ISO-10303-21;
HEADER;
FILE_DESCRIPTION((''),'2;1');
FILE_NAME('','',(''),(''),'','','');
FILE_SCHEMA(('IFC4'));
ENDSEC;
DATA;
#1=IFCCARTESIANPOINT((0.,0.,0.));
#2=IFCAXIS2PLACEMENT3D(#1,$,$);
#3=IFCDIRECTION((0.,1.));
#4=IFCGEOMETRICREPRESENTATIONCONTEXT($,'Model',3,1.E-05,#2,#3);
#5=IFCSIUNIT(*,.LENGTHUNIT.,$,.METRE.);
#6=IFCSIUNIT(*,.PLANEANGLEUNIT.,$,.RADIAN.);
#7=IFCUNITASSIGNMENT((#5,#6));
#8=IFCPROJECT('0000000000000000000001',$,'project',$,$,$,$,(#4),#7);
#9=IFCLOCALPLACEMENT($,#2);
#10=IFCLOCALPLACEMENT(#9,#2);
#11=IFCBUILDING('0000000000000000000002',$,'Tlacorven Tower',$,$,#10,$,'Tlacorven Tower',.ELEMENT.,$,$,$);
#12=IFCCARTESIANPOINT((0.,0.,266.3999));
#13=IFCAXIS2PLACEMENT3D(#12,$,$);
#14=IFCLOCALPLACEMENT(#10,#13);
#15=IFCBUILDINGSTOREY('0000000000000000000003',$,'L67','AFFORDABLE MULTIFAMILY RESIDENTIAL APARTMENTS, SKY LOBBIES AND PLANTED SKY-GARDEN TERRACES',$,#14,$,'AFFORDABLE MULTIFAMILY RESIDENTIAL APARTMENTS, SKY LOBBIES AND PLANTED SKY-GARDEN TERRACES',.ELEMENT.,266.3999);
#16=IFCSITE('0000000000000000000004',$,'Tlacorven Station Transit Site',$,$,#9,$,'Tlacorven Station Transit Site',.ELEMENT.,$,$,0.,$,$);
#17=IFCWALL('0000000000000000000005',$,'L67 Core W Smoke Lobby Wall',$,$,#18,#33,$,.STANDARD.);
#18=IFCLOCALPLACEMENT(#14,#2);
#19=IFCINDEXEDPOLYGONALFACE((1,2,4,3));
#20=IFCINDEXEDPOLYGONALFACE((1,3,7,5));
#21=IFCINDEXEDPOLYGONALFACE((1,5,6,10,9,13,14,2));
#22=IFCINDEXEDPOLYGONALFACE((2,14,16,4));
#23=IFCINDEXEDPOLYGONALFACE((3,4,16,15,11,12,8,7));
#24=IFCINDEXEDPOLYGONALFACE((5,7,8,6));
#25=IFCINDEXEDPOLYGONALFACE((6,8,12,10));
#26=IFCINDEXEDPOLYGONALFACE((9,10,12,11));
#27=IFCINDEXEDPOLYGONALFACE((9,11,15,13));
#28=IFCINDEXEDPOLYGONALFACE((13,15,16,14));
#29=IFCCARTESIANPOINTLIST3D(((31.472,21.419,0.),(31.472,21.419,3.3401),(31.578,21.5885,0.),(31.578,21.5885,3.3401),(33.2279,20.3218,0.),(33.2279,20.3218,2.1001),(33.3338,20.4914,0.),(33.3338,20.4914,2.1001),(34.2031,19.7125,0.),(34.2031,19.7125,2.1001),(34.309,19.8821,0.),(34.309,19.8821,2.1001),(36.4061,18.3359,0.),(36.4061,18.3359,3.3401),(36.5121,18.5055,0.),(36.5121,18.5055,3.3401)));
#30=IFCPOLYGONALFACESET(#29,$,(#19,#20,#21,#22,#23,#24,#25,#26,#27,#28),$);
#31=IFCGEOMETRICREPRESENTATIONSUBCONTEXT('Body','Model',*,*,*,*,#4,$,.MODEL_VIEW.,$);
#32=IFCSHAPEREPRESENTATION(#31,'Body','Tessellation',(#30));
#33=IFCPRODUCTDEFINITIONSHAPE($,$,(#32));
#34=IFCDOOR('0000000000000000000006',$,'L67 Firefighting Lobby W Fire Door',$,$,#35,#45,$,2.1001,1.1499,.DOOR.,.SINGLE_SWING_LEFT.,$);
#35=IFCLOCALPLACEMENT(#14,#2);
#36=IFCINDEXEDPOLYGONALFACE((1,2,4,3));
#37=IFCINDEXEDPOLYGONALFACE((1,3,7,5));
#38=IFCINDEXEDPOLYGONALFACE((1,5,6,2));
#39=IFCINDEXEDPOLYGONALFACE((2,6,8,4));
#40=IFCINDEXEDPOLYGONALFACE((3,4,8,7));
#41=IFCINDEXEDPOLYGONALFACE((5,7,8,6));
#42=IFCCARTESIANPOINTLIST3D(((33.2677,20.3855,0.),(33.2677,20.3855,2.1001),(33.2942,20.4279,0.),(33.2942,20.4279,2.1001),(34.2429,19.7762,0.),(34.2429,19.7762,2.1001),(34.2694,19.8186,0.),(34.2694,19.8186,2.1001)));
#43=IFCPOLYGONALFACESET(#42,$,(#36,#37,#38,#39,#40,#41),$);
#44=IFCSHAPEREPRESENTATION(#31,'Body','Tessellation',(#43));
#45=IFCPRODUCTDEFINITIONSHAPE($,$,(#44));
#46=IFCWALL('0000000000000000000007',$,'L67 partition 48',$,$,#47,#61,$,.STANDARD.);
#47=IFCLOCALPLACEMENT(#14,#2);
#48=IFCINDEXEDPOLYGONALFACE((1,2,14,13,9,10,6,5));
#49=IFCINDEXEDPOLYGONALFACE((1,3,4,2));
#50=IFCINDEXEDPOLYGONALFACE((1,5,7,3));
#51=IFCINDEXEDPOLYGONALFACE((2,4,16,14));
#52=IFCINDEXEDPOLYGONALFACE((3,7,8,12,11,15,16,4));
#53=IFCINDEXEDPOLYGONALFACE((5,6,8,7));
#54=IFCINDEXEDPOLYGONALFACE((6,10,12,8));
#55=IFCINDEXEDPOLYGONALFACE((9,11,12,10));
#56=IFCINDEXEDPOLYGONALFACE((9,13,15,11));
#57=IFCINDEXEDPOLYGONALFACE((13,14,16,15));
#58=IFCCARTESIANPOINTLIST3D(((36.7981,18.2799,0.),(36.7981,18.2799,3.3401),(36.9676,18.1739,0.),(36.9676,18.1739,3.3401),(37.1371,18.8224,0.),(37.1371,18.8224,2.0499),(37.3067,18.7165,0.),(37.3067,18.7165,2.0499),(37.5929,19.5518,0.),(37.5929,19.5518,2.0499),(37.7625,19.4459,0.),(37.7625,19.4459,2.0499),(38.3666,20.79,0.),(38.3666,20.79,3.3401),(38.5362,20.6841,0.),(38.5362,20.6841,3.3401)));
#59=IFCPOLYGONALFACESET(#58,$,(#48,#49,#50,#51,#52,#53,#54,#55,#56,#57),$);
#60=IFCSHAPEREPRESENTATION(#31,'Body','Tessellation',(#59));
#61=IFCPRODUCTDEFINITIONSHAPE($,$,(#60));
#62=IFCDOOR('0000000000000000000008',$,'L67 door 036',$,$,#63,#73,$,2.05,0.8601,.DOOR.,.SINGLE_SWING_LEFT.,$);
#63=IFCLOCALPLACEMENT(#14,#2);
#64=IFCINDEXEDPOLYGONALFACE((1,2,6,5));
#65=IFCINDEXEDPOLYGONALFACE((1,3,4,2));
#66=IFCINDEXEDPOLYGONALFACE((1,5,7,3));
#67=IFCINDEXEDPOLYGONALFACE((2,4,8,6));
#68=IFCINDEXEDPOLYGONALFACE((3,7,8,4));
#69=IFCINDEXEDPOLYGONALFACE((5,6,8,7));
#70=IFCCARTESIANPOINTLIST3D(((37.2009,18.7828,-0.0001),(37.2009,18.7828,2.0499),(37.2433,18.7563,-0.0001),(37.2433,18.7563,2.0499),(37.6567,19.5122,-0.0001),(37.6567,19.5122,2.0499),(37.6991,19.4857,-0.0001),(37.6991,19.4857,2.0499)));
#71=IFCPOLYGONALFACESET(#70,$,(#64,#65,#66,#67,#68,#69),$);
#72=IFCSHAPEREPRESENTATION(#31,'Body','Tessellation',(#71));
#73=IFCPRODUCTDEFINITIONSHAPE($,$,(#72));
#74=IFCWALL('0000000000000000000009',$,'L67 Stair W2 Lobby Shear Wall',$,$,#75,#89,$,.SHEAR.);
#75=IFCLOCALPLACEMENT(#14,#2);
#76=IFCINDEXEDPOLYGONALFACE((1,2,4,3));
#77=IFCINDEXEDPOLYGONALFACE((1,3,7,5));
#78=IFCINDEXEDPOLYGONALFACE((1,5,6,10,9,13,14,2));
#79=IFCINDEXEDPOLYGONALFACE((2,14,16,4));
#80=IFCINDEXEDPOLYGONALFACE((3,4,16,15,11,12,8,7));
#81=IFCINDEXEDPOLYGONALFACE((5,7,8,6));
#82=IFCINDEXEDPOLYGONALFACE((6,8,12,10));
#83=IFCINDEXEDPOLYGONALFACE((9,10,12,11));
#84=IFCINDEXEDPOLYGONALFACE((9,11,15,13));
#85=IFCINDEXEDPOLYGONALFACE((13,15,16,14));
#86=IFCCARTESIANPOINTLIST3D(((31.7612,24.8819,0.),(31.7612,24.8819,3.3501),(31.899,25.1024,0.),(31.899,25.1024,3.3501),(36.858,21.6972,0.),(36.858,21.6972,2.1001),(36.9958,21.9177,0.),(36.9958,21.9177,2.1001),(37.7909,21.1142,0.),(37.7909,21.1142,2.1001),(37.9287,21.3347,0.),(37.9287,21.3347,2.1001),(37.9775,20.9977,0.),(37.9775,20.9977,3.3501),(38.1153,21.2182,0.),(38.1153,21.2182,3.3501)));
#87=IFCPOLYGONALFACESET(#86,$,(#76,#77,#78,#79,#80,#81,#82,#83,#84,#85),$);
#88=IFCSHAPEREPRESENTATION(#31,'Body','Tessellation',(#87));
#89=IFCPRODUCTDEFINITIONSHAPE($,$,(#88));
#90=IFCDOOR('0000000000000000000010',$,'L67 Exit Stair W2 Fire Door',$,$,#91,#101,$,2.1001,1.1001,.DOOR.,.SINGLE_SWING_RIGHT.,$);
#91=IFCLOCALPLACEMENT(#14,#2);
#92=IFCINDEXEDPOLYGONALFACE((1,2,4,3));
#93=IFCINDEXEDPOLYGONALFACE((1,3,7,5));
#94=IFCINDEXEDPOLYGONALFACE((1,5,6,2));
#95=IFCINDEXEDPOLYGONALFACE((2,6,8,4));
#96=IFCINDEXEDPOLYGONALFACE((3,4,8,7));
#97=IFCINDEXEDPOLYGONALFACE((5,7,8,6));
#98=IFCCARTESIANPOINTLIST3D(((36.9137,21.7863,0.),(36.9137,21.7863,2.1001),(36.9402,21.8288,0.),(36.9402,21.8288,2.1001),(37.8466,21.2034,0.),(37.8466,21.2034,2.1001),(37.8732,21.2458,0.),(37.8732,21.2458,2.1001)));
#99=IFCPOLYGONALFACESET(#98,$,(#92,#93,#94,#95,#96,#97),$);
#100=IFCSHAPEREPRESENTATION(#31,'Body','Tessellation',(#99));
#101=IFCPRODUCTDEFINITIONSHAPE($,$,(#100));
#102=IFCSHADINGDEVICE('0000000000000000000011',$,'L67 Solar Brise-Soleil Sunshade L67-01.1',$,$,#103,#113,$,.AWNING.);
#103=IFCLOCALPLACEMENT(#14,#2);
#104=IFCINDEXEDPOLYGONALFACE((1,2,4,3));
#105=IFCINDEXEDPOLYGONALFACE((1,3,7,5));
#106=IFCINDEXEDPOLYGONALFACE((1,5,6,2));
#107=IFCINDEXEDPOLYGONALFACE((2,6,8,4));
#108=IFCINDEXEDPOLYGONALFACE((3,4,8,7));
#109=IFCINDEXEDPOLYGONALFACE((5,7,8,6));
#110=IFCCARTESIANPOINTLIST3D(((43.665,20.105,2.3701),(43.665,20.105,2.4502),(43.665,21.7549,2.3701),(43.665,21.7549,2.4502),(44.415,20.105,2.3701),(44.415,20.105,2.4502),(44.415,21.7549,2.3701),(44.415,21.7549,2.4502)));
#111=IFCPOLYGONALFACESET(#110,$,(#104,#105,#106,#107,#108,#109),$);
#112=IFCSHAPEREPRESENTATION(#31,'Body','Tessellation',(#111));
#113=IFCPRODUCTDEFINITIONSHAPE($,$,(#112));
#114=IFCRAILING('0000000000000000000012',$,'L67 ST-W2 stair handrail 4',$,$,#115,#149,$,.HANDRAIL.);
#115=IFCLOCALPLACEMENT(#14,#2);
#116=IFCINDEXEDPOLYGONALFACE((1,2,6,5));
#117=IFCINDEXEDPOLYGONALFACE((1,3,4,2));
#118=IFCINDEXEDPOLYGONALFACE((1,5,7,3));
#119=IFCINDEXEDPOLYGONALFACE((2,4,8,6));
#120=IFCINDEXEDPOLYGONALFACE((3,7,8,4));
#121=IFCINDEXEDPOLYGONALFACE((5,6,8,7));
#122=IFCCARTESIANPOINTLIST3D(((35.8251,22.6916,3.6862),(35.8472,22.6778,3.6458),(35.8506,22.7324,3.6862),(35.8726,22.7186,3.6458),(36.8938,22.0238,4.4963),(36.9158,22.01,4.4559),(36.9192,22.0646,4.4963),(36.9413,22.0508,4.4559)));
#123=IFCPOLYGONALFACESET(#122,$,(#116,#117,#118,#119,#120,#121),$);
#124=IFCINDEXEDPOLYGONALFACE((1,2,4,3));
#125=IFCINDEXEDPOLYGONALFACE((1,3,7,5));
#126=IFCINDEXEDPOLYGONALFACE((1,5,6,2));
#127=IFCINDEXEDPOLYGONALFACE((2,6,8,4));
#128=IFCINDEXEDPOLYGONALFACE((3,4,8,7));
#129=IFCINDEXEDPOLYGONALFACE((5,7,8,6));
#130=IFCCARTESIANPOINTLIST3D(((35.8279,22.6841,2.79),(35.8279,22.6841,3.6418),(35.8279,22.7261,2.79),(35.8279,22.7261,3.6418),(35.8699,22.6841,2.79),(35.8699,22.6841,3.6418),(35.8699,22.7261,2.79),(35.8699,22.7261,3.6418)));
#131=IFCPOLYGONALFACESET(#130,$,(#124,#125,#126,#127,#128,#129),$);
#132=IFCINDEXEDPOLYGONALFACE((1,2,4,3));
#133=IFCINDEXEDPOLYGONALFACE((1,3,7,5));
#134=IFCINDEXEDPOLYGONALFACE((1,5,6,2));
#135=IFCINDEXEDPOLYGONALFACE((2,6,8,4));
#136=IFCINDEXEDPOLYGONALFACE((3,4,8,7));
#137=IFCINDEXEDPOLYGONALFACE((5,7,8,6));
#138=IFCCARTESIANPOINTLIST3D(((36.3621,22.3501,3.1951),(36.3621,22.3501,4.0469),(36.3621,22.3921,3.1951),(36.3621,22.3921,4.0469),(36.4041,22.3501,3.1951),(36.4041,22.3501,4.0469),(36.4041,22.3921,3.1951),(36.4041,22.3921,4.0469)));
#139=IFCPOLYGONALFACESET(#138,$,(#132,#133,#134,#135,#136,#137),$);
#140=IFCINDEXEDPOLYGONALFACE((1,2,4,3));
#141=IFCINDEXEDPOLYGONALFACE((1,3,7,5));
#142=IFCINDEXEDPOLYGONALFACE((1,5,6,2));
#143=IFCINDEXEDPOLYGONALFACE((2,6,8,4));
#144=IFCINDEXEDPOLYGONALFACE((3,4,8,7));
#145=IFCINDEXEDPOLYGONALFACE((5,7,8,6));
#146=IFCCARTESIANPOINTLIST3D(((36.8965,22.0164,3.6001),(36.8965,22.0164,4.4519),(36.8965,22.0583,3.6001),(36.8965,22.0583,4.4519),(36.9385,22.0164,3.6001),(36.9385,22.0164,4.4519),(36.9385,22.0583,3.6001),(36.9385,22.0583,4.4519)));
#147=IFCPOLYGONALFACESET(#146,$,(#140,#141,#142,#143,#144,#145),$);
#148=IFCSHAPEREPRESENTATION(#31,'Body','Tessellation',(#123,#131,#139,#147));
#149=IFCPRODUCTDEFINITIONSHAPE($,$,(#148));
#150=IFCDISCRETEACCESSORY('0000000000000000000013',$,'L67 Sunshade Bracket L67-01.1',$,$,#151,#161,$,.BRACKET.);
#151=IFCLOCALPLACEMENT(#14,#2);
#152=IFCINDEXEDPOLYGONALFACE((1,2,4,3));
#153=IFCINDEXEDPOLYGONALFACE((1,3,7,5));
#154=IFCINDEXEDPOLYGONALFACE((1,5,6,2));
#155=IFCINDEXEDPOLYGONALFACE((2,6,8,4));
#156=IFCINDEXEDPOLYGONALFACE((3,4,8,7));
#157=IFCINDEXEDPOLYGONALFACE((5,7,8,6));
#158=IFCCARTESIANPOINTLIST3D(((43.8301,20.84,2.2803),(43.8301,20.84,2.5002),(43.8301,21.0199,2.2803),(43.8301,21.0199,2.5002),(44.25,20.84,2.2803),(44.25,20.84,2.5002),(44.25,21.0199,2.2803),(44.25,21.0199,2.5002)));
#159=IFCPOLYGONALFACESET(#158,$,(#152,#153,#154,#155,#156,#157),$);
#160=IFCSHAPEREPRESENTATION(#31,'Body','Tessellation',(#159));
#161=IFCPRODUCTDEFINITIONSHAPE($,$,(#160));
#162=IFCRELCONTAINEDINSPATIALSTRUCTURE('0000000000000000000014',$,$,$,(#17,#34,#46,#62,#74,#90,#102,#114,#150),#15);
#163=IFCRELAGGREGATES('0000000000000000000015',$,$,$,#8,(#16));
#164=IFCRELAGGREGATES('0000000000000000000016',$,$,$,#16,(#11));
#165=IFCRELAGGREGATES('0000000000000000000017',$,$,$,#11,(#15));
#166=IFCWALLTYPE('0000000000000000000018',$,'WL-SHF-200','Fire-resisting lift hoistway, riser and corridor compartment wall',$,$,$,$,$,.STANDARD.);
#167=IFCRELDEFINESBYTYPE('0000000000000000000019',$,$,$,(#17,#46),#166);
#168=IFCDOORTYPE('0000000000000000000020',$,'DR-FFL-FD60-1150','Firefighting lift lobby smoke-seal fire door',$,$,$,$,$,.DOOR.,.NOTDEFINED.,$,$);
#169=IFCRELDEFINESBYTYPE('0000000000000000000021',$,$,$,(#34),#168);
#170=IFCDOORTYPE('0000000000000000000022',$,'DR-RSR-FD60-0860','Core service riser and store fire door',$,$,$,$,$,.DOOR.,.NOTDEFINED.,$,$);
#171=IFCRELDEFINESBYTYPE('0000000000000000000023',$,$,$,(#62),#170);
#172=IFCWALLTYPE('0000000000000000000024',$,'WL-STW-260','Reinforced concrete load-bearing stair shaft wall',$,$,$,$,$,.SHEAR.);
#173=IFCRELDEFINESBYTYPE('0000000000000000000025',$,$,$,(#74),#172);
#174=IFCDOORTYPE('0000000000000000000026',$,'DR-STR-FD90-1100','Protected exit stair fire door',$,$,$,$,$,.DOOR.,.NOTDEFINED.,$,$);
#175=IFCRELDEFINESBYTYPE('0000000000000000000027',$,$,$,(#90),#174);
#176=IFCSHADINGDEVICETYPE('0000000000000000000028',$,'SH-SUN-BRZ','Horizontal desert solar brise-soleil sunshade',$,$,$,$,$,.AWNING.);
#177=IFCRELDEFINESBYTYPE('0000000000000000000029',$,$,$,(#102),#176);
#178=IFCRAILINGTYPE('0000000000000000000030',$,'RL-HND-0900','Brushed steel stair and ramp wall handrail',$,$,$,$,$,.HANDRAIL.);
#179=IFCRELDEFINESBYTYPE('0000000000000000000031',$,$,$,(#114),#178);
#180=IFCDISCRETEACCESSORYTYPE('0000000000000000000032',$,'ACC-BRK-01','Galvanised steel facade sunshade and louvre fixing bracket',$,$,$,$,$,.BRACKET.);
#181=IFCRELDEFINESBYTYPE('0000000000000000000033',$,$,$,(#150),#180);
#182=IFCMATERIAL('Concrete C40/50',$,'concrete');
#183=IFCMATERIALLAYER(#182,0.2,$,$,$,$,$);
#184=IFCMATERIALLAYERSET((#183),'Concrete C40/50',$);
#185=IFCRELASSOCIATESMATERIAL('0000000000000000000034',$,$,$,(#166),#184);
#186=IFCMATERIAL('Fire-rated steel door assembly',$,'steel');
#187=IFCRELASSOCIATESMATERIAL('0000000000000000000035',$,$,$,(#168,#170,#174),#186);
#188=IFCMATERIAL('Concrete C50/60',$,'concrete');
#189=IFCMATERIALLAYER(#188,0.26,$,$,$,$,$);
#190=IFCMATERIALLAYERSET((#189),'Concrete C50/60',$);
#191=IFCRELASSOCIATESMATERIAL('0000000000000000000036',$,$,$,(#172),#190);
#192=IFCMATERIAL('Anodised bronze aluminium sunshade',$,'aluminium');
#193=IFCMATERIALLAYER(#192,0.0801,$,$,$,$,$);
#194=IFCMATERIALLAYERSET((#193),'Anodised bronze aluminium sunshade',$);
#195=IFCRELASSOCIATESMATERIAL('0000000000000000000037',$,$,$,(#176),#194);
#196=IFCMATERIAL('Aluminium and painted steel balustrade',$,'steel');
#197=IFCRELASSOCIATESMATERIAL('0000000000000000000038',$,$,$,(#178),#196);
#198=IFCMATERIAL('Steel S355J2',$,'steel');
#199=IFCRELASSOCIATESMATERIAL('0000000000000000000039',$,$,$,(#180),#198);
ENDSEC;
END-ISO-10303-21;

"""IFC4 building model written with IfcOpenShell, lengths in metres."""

from ifc_helpers import new_model, si_unit, direction, frame, frame_2d, origin, origin_2d, place, context, subcontext, project, spatial, rectangle, extrude, source, transform, mapped, material, layer, layer_set, type_object, element, fill, save


model = new_model("IFC4")

# Units and contexts
model_context = context("Model", 3, precision=1e-05, world=origin(), true_north=direction((0.0, 1.0)))
body_context = subcontext(model_context, "Body", "Model", "MODEL_VIEW")
ifc_project = project(units=[si_unit("LENGTHUNIT", "METRE"), si_unit("PLANEANGLEUNIT", "RADIAN")], contexts=[model_context])

# Site, building, storey
site_placement = place(None, origin())
site = spatial("IfcSite", under=ifc_project, at=site_placement, Name="Tlacorven Station Transit Site", LongName="Tlacorven Station Transit Site", CompositionType="ELEMENT", RefElevation=0.0)
building_placement = place(site_placement, origin())
building = spatial("IfcBuilding", under=site, at=building_placement, Name="Tlacorven Tower", LongName="Tlacorven Tower", CompositionType="ELEMENT")
storey_placement = place(building_placement, frame((0.0, 0.0, 266.3999)))
storey = spatial("IfcBuildingStorey", under=building, at=storey_placement, Name="L67", Description="AFFORDABLE MULTIFAMILY RESIDENTIAL APARTMENTS, SKY LOBBIES AND PLANTED SKY-GARDEN TERRACES", LongName="AFFORDABLE MULTIFAMILY RESIDENTIAL APARTMENTS, SKY LOBBIES AND PLANTED SKY-GARDEN TERRACES", CompositionType="ELEMENT", Elevation=266.3999)

# Shared definitions
ifc_material_1 = material(Name="Concrete C50/60", Category="concrete")

# Shared definitions
ifc_material_2 = material(Name="Fire-rated steel door assembly", Category="steel")

# Walls, openings, doors
ifc_material_3 = material(Name="Concrete C40/50", Category="concrete")
ifc_layer_1 = layer(ifc_material_3, 0.2)
ifc_layer_set_1 = layer_set([ifc_layer_1], Name="Concrete C40/50")
wall_type_1 = type_object("IfcWallType", Name="WL-SHF-200", Description="Fire-resisting lift hoistway, riser and corridor compartment wall", PredefinedType="STANDARD", material=ifc_layer_set_1)
wall_1_placement = place(storey_placement, frame((36.4592, 18.4207, 0.0), z_axis=(0.0, 0.0, 1.0), x_axis=(-0.84806, 0.529901, 0.0)))
wall_1 = element("IfcWall", 1, at=wall_1_placement, inside=storey, type_object=wall_type_1, Name="L67 Core W Smoke Lobby Wall", PredefinedType="STANDARD", context=body_context, shape_type="SweptSolid", body=[
    extrude(rectangle(XDim=5.8181, YDim=0.2, at=frame_2d((2.9092, 0.0))), origin(), (0.0, 0.0, 1.0), 3.3401),
])
opening_1_placement = place(wall_1_placement, frame((2.5979, 0.0, 0.0)))
opening_1 = element("IfcOpeningElement", 2, at=opening_1_placement, cuts=wall_1, PredefinedType="OPENING", context=body_context, shape_type="SweptSolid", body=[
    extrude(rectangle(XDim=1.1499, YDim=2.1001, at=frame_2d((0.575, 1.05))), frame((0.0, 0.1099, 0.0), z_axis=(0.0, -1.0, 0.0), x_axis=(1.0, 0.0, 0.0)), (0.0, 0.0, 1.0), 0.22),
])
door_type_1 = type_object("IfcDoorType", Name="DR-FFL-FD60-1150", Description="Firefighting lift lobby smoke-seal fire door", OperationType="NOTDEFINED", PredefinedType="DOOR", material=ifc_material_2)
shared_shape_1 = source(origin(), body_context, "Body", "SweptSolid", [
    extrude(rectangle(XDim=1.1499, YDim=2.1001, at=frame_2d((0.575, 1.05))), frame((0.0, 0.0249, 0.0), z_axis=(0.0, -1.0, 0.0), x_axis=(1.0, 0.0, 0.0)), (0.0, 0.0, 1.0), 0.05),
])
door_1_placement = place(opening_1_placement, origin())
door_1 = element("IfcDoor", 3, at=door_1_placement, inside=storey, type_object=door_type_1, Name="L67 Firefighting Lobby W Fire Door", OperationType="SINGLE_SWING_LEFT", OverallHeight=2.1001, OverallWidth=1.1499, PredefinedType="DOOR", context=body_context, shape_type="MappedRepresentation", body=[
    mapped(shared_shape_1, transform((0.0, 0.0, 0.0), scale=1.0)),
])
fill(opening_1, door_1)
wall_2_placement = place(storey_placement, frame((38.4514, 20.7371, 0.0), z_axis=(0.0, 0.0, 1.0), x_axis=(-0.529925, -0.848045, 0.0)))
wall_2 = element("IfcWall", 4, at=wall_2_placement, inside=storey, type_object=wall_type_1, Name="L67 partition 48", PredefinedType="STANDARD", context=body_context, shape_type="SweptSolid", body=[
    extrude(rectangle(XDim=2.96, YDim=0.2, at=frame_2d((1.48, 0.0))), origin(), (0.0, 0.0, 1.0), 3.3401),
])
opening_2_placement = place(wall_2_placement, frame((1.46, 0.0, 0.0)))
opening_2 = element("IfcOpeningElement", 5, at=opening_2_placement, cuts=wall_2, PredefinedType="OPENING", context=body_context, shape_type="SweptSolid", body=[
    extrude(rectangle(XDim=0.8601, YDim=2.05, at=frame_2d((0.4302, 1.0249))), frame((0.0, 0.1099, 0.0), z_axis=(0.0, -1.0, 0.0), x_axis=(1.0, 0.0, 0.0)), (0.0, 0.0, 1.0), 0.22),
])
door_type_2 = type_object("IfcDoorType", Name="DR-RSR-FD60-0860", Description="Core service riser and store fire door", OperationType="NOTDEFINED", PredefinedType="DOOR", material=ifc_material_2)
shared_shape_2 = source(origin(), body_context, "Body", "SweptSolid", [
    extrude(rectangle(XDim=0.8601, YDim=2.05, at=frame_2d((0.4302, 1.0249))), frame((0.0, 0.0249, 0.0), z_axis=(0.0, -1.0, 0.0), x_axis=(1.0, 0.0, 0.0)), (0.0, 0.0, 1.0), 0.05),
])
door_2_placement = place(opening_2_placement, frame((0.8601, 0.0, 0.0), z_axis=(0.0, 0.0, 1.0), x_axis=(-1.0, 0.0, 0.0)))
door_2 = element("IfcDoor", 6, at=door_2_placement, inside=storey, type_object=door_type_2, Name="L67 door 036", OperationType="SINGLE_SWING_LEFT", OverallHeight=2.05, OverallWidth=0.8601, PredefinedType="DOOR", context=body_context, shape_type="MappedRepresentation", body=[
    mapped(shared_shape_2, transform((0.0, 0.0, 0.0), scale=1.0)),
])
fill(opening_2, door_2)
ifc_layer_2 = layer(ifc_material_1, 0.26)
ifc_layer_set_2 = layer_set([ifc_layer_2], Name="Concrete C50/60")
wall_type_2 = type_object("IfcWallType", Name="WL-STW-260", Description="Reinforced concrete load-bearing stair shaft wall", PredefinedType="SHEAR", material=ifc_layer_set_2)
wall_3_placement = place(storey_placement, frame((38.0464, 21.1079, 0.0), z_axis=(0.0, 0.0, 1.0), x_axis=(-0.848054, 0.529909, 0.0)))
wall_3 = element("IfcWall", 7, at=wall_3_placement, inside=storey, type_object=wall_type_2, Name="L67 Stair W2 Lobby Shear Wall", PredefinedType="SHEAR", context=body_context, shape_type="SweptSolid", body=[
    extrude(rectangle(XDim=7.3301, YDim=0.26, at=frame_2d((3.665, 0.0))), origin(), (0.0, 0.0, 1.0), 3.3501),
])
opening_3_placement = place(wall_3_placement, frame((0.22, 0.0, 0.0)))
opening_3 = element("IfcOpeningElement", 8, at=opening_3_placement, cuts=wall_3, PredefinedType="OPENING", context=body_context, shape_type="SweptSolid", body=[
    extrude(rectangle(XDim=1.1001, YDim=2.1001, at=frame_2d((0.55, 1.05))), frame((0.0, 0.1401, 0.0), z_axis=(0.0, -1.0, 0.0), x_axis=(1.0, 0.0, 0.0)), (0.0, 0.0, 1.0), 0.28),
])
door_type_3 = type_object("IfcDoorType", Name="DR-STR-FD90-1100", Description="Protected exit stair fire door", OperationType="NOTDEFINED", PredefinedType="DOOR", material=ifc_material_2)
shared_shape_3 = source(origin(), body_context, "Body", "SweptSolid", [
    extrude(rectangle(XDim=1.1001, YDim=2.1001, at=frame_2d((0.55, 1.05))), frame((0.0, 0.0249, 0.0), z_axis=(0.0, -1.0, 0.0), x_axis=(1.0, 0.0, 0.0)), (0.0, 0.0, 1.0), 0.05),
])
door_3_placement = place(opening_3_placement, origin())
door_3 = element("IfcDoor", 9, at=door_3_placement, inside=storey, type_object=door_type_3, Name="L67 Exit Stair W2 Fire Door", OperationType="SINGLE_SWING_RIGHT", OverallHeight=2.1001, OverallWidth=1.1001, PredefinedType="DOOR", context=body_context, shape_type="MappedRepresentation", body=[
    mapped(shared_shape_3, transform((0.0, 0.0, 0.0), scale=1.0)),
])
fill(opening_3, door_3)

# Shading device
ifc_material_4 = material(Name="Anodised bronze aluminium sunshade", Category="aluminium")
ifc_layer_3 = layer(ifc_material_4, 0.0801)
ifc_layer_set_3 = layer_set([ifc_layer_3], Name="Anodised bronze aluminium sunshade")
shading_device_type = type_object("IfcShadingDeviceType", Name="SH-SUN-BRZ", Description="Horizontal desert solar brise-soleil sunshade", PredefinedType="AWNING", material=ifc_layer_set_3)
shared_shape_4 = source(origin(), body_context, "Body", "SweptSolid", [
    extrude(rectangle(XDim=1.6499, YDim=0.75, at=origin_2d()), origin(), (0.0, 0.0, 1.0), 0.0801),
])
shading_device_placement = place(storey_placement, frame((44.04, 20.9299, 2.3701), z_axis=(0.0, 0.0, 1.0), x_axis=(0.0, -1.0, 0.0)))
element("IfcShadingDevice", 10, at=shading_device_placement, inside=storey, type_object=shading_device_type, Name="L67 Solar Brise-Soleil Sunshade L67-01.1", PredefinedType="AWNING", context=body_context, shape_type="MappedRepresentation", body=[
    mapped(shared_shape_4, transform((0.0, 0.0, 0.0), scale=1.0)),
])

# Railing
ifc_material_5 = material(Name="Aluminium and painted steel balustrade", Category="steel")
railing_type = type_object("IfcRailingType", Name="RL-HND-0900", Description="Brushed steel stair and ramp wall handrail", PredefinedType="HANDRAIL", material=ifc_material_5)
shared_shape_5 = source(origin(), body_context, "Body", "SweptSolid", [
    extrude(rectangle(XDim=0.0481, YDim=0.0481, at=origin_2d()), frame((0.0, 0.0, 0.876), z_axis=(0.71336, -0.445748, 0.540765), x_axis=(0.529912, 0.848053, 0.0)), (0.0, 0.0, 1.0), 1.498),
    extrude(rectangle(XDim=0.042, YDim=0.042, at=origin_2d()), origin(), (0.0, 0.0, 1.0), 0.8518),
    extrude(rectangle(XDim=0.042, YDim=0.042, at=origin_2d()), frame((0.5342, -0.334, 0.405)), (0.0, 0.0, 1.0), 0.8518),
    extrude(rectangle(XDim=0.042, YDim=0.042, at=origin_2d()), frame((1.0686, -0.6677, 0.8101)), (0.0, 0.0, 1.0), 0.8518),
])
railing_placement = place(storey_placement, frame((35.8489, 22.7051, 2.79)))
element("IfcRailing", 11, at=railing_placement, inside=storey, type_object=railing_type, Name="L67 ST-W2 stair handrail 4", PredefinedType="HANDRAIL", context=body_context, shape_type="MappedRepresentation", body=[
    mapped(shared_shape_5, transform((0.0, 0.0, 0.0), scale=1.0)),
])

# Discrete accessory
ifc_material_6 = material(Name="Steel S355J2", Category="steel")
discrete_accessory_type = type_object("IfcDiscreteAccessoryType", Name="ACC-BRK-01", Description="Galvanised steel facade sunshade and louvre fixing bracket", PredefinedType="BRACKET", material=ifc_material_6)
shared_shape_6 = source(origin(), body_context, "Body", "SweptSolid", [
    extrude(rectangle(XDim=0.1799, YDim=0.4199, at=origin_2d()), origin(), (0.0, 0.0, 1.0), 0.22),
])
discrete_accessory_placement = place(storey_placement, frame((44.04, 20.9299, 2.2803), z_axis=(0.0, 0.0, 1.0), x_axis=(0.0, -1.0, 0.0)))
element("IfcDiscreteAccessory", 12, at=discrete_accessory_placement, inside=storey, type_object=discrete_accessory_type, Name="L67 Sunshade Bracket L67-01.1", PredefinedType="BRACKET", context=body_context, shape_type="MappedRepresentation", body=[
    mapped(shared_shape_6, transform((0.0, 0.0, 0.0), scale=1.0)),
])

save(model, "model.ifc")
